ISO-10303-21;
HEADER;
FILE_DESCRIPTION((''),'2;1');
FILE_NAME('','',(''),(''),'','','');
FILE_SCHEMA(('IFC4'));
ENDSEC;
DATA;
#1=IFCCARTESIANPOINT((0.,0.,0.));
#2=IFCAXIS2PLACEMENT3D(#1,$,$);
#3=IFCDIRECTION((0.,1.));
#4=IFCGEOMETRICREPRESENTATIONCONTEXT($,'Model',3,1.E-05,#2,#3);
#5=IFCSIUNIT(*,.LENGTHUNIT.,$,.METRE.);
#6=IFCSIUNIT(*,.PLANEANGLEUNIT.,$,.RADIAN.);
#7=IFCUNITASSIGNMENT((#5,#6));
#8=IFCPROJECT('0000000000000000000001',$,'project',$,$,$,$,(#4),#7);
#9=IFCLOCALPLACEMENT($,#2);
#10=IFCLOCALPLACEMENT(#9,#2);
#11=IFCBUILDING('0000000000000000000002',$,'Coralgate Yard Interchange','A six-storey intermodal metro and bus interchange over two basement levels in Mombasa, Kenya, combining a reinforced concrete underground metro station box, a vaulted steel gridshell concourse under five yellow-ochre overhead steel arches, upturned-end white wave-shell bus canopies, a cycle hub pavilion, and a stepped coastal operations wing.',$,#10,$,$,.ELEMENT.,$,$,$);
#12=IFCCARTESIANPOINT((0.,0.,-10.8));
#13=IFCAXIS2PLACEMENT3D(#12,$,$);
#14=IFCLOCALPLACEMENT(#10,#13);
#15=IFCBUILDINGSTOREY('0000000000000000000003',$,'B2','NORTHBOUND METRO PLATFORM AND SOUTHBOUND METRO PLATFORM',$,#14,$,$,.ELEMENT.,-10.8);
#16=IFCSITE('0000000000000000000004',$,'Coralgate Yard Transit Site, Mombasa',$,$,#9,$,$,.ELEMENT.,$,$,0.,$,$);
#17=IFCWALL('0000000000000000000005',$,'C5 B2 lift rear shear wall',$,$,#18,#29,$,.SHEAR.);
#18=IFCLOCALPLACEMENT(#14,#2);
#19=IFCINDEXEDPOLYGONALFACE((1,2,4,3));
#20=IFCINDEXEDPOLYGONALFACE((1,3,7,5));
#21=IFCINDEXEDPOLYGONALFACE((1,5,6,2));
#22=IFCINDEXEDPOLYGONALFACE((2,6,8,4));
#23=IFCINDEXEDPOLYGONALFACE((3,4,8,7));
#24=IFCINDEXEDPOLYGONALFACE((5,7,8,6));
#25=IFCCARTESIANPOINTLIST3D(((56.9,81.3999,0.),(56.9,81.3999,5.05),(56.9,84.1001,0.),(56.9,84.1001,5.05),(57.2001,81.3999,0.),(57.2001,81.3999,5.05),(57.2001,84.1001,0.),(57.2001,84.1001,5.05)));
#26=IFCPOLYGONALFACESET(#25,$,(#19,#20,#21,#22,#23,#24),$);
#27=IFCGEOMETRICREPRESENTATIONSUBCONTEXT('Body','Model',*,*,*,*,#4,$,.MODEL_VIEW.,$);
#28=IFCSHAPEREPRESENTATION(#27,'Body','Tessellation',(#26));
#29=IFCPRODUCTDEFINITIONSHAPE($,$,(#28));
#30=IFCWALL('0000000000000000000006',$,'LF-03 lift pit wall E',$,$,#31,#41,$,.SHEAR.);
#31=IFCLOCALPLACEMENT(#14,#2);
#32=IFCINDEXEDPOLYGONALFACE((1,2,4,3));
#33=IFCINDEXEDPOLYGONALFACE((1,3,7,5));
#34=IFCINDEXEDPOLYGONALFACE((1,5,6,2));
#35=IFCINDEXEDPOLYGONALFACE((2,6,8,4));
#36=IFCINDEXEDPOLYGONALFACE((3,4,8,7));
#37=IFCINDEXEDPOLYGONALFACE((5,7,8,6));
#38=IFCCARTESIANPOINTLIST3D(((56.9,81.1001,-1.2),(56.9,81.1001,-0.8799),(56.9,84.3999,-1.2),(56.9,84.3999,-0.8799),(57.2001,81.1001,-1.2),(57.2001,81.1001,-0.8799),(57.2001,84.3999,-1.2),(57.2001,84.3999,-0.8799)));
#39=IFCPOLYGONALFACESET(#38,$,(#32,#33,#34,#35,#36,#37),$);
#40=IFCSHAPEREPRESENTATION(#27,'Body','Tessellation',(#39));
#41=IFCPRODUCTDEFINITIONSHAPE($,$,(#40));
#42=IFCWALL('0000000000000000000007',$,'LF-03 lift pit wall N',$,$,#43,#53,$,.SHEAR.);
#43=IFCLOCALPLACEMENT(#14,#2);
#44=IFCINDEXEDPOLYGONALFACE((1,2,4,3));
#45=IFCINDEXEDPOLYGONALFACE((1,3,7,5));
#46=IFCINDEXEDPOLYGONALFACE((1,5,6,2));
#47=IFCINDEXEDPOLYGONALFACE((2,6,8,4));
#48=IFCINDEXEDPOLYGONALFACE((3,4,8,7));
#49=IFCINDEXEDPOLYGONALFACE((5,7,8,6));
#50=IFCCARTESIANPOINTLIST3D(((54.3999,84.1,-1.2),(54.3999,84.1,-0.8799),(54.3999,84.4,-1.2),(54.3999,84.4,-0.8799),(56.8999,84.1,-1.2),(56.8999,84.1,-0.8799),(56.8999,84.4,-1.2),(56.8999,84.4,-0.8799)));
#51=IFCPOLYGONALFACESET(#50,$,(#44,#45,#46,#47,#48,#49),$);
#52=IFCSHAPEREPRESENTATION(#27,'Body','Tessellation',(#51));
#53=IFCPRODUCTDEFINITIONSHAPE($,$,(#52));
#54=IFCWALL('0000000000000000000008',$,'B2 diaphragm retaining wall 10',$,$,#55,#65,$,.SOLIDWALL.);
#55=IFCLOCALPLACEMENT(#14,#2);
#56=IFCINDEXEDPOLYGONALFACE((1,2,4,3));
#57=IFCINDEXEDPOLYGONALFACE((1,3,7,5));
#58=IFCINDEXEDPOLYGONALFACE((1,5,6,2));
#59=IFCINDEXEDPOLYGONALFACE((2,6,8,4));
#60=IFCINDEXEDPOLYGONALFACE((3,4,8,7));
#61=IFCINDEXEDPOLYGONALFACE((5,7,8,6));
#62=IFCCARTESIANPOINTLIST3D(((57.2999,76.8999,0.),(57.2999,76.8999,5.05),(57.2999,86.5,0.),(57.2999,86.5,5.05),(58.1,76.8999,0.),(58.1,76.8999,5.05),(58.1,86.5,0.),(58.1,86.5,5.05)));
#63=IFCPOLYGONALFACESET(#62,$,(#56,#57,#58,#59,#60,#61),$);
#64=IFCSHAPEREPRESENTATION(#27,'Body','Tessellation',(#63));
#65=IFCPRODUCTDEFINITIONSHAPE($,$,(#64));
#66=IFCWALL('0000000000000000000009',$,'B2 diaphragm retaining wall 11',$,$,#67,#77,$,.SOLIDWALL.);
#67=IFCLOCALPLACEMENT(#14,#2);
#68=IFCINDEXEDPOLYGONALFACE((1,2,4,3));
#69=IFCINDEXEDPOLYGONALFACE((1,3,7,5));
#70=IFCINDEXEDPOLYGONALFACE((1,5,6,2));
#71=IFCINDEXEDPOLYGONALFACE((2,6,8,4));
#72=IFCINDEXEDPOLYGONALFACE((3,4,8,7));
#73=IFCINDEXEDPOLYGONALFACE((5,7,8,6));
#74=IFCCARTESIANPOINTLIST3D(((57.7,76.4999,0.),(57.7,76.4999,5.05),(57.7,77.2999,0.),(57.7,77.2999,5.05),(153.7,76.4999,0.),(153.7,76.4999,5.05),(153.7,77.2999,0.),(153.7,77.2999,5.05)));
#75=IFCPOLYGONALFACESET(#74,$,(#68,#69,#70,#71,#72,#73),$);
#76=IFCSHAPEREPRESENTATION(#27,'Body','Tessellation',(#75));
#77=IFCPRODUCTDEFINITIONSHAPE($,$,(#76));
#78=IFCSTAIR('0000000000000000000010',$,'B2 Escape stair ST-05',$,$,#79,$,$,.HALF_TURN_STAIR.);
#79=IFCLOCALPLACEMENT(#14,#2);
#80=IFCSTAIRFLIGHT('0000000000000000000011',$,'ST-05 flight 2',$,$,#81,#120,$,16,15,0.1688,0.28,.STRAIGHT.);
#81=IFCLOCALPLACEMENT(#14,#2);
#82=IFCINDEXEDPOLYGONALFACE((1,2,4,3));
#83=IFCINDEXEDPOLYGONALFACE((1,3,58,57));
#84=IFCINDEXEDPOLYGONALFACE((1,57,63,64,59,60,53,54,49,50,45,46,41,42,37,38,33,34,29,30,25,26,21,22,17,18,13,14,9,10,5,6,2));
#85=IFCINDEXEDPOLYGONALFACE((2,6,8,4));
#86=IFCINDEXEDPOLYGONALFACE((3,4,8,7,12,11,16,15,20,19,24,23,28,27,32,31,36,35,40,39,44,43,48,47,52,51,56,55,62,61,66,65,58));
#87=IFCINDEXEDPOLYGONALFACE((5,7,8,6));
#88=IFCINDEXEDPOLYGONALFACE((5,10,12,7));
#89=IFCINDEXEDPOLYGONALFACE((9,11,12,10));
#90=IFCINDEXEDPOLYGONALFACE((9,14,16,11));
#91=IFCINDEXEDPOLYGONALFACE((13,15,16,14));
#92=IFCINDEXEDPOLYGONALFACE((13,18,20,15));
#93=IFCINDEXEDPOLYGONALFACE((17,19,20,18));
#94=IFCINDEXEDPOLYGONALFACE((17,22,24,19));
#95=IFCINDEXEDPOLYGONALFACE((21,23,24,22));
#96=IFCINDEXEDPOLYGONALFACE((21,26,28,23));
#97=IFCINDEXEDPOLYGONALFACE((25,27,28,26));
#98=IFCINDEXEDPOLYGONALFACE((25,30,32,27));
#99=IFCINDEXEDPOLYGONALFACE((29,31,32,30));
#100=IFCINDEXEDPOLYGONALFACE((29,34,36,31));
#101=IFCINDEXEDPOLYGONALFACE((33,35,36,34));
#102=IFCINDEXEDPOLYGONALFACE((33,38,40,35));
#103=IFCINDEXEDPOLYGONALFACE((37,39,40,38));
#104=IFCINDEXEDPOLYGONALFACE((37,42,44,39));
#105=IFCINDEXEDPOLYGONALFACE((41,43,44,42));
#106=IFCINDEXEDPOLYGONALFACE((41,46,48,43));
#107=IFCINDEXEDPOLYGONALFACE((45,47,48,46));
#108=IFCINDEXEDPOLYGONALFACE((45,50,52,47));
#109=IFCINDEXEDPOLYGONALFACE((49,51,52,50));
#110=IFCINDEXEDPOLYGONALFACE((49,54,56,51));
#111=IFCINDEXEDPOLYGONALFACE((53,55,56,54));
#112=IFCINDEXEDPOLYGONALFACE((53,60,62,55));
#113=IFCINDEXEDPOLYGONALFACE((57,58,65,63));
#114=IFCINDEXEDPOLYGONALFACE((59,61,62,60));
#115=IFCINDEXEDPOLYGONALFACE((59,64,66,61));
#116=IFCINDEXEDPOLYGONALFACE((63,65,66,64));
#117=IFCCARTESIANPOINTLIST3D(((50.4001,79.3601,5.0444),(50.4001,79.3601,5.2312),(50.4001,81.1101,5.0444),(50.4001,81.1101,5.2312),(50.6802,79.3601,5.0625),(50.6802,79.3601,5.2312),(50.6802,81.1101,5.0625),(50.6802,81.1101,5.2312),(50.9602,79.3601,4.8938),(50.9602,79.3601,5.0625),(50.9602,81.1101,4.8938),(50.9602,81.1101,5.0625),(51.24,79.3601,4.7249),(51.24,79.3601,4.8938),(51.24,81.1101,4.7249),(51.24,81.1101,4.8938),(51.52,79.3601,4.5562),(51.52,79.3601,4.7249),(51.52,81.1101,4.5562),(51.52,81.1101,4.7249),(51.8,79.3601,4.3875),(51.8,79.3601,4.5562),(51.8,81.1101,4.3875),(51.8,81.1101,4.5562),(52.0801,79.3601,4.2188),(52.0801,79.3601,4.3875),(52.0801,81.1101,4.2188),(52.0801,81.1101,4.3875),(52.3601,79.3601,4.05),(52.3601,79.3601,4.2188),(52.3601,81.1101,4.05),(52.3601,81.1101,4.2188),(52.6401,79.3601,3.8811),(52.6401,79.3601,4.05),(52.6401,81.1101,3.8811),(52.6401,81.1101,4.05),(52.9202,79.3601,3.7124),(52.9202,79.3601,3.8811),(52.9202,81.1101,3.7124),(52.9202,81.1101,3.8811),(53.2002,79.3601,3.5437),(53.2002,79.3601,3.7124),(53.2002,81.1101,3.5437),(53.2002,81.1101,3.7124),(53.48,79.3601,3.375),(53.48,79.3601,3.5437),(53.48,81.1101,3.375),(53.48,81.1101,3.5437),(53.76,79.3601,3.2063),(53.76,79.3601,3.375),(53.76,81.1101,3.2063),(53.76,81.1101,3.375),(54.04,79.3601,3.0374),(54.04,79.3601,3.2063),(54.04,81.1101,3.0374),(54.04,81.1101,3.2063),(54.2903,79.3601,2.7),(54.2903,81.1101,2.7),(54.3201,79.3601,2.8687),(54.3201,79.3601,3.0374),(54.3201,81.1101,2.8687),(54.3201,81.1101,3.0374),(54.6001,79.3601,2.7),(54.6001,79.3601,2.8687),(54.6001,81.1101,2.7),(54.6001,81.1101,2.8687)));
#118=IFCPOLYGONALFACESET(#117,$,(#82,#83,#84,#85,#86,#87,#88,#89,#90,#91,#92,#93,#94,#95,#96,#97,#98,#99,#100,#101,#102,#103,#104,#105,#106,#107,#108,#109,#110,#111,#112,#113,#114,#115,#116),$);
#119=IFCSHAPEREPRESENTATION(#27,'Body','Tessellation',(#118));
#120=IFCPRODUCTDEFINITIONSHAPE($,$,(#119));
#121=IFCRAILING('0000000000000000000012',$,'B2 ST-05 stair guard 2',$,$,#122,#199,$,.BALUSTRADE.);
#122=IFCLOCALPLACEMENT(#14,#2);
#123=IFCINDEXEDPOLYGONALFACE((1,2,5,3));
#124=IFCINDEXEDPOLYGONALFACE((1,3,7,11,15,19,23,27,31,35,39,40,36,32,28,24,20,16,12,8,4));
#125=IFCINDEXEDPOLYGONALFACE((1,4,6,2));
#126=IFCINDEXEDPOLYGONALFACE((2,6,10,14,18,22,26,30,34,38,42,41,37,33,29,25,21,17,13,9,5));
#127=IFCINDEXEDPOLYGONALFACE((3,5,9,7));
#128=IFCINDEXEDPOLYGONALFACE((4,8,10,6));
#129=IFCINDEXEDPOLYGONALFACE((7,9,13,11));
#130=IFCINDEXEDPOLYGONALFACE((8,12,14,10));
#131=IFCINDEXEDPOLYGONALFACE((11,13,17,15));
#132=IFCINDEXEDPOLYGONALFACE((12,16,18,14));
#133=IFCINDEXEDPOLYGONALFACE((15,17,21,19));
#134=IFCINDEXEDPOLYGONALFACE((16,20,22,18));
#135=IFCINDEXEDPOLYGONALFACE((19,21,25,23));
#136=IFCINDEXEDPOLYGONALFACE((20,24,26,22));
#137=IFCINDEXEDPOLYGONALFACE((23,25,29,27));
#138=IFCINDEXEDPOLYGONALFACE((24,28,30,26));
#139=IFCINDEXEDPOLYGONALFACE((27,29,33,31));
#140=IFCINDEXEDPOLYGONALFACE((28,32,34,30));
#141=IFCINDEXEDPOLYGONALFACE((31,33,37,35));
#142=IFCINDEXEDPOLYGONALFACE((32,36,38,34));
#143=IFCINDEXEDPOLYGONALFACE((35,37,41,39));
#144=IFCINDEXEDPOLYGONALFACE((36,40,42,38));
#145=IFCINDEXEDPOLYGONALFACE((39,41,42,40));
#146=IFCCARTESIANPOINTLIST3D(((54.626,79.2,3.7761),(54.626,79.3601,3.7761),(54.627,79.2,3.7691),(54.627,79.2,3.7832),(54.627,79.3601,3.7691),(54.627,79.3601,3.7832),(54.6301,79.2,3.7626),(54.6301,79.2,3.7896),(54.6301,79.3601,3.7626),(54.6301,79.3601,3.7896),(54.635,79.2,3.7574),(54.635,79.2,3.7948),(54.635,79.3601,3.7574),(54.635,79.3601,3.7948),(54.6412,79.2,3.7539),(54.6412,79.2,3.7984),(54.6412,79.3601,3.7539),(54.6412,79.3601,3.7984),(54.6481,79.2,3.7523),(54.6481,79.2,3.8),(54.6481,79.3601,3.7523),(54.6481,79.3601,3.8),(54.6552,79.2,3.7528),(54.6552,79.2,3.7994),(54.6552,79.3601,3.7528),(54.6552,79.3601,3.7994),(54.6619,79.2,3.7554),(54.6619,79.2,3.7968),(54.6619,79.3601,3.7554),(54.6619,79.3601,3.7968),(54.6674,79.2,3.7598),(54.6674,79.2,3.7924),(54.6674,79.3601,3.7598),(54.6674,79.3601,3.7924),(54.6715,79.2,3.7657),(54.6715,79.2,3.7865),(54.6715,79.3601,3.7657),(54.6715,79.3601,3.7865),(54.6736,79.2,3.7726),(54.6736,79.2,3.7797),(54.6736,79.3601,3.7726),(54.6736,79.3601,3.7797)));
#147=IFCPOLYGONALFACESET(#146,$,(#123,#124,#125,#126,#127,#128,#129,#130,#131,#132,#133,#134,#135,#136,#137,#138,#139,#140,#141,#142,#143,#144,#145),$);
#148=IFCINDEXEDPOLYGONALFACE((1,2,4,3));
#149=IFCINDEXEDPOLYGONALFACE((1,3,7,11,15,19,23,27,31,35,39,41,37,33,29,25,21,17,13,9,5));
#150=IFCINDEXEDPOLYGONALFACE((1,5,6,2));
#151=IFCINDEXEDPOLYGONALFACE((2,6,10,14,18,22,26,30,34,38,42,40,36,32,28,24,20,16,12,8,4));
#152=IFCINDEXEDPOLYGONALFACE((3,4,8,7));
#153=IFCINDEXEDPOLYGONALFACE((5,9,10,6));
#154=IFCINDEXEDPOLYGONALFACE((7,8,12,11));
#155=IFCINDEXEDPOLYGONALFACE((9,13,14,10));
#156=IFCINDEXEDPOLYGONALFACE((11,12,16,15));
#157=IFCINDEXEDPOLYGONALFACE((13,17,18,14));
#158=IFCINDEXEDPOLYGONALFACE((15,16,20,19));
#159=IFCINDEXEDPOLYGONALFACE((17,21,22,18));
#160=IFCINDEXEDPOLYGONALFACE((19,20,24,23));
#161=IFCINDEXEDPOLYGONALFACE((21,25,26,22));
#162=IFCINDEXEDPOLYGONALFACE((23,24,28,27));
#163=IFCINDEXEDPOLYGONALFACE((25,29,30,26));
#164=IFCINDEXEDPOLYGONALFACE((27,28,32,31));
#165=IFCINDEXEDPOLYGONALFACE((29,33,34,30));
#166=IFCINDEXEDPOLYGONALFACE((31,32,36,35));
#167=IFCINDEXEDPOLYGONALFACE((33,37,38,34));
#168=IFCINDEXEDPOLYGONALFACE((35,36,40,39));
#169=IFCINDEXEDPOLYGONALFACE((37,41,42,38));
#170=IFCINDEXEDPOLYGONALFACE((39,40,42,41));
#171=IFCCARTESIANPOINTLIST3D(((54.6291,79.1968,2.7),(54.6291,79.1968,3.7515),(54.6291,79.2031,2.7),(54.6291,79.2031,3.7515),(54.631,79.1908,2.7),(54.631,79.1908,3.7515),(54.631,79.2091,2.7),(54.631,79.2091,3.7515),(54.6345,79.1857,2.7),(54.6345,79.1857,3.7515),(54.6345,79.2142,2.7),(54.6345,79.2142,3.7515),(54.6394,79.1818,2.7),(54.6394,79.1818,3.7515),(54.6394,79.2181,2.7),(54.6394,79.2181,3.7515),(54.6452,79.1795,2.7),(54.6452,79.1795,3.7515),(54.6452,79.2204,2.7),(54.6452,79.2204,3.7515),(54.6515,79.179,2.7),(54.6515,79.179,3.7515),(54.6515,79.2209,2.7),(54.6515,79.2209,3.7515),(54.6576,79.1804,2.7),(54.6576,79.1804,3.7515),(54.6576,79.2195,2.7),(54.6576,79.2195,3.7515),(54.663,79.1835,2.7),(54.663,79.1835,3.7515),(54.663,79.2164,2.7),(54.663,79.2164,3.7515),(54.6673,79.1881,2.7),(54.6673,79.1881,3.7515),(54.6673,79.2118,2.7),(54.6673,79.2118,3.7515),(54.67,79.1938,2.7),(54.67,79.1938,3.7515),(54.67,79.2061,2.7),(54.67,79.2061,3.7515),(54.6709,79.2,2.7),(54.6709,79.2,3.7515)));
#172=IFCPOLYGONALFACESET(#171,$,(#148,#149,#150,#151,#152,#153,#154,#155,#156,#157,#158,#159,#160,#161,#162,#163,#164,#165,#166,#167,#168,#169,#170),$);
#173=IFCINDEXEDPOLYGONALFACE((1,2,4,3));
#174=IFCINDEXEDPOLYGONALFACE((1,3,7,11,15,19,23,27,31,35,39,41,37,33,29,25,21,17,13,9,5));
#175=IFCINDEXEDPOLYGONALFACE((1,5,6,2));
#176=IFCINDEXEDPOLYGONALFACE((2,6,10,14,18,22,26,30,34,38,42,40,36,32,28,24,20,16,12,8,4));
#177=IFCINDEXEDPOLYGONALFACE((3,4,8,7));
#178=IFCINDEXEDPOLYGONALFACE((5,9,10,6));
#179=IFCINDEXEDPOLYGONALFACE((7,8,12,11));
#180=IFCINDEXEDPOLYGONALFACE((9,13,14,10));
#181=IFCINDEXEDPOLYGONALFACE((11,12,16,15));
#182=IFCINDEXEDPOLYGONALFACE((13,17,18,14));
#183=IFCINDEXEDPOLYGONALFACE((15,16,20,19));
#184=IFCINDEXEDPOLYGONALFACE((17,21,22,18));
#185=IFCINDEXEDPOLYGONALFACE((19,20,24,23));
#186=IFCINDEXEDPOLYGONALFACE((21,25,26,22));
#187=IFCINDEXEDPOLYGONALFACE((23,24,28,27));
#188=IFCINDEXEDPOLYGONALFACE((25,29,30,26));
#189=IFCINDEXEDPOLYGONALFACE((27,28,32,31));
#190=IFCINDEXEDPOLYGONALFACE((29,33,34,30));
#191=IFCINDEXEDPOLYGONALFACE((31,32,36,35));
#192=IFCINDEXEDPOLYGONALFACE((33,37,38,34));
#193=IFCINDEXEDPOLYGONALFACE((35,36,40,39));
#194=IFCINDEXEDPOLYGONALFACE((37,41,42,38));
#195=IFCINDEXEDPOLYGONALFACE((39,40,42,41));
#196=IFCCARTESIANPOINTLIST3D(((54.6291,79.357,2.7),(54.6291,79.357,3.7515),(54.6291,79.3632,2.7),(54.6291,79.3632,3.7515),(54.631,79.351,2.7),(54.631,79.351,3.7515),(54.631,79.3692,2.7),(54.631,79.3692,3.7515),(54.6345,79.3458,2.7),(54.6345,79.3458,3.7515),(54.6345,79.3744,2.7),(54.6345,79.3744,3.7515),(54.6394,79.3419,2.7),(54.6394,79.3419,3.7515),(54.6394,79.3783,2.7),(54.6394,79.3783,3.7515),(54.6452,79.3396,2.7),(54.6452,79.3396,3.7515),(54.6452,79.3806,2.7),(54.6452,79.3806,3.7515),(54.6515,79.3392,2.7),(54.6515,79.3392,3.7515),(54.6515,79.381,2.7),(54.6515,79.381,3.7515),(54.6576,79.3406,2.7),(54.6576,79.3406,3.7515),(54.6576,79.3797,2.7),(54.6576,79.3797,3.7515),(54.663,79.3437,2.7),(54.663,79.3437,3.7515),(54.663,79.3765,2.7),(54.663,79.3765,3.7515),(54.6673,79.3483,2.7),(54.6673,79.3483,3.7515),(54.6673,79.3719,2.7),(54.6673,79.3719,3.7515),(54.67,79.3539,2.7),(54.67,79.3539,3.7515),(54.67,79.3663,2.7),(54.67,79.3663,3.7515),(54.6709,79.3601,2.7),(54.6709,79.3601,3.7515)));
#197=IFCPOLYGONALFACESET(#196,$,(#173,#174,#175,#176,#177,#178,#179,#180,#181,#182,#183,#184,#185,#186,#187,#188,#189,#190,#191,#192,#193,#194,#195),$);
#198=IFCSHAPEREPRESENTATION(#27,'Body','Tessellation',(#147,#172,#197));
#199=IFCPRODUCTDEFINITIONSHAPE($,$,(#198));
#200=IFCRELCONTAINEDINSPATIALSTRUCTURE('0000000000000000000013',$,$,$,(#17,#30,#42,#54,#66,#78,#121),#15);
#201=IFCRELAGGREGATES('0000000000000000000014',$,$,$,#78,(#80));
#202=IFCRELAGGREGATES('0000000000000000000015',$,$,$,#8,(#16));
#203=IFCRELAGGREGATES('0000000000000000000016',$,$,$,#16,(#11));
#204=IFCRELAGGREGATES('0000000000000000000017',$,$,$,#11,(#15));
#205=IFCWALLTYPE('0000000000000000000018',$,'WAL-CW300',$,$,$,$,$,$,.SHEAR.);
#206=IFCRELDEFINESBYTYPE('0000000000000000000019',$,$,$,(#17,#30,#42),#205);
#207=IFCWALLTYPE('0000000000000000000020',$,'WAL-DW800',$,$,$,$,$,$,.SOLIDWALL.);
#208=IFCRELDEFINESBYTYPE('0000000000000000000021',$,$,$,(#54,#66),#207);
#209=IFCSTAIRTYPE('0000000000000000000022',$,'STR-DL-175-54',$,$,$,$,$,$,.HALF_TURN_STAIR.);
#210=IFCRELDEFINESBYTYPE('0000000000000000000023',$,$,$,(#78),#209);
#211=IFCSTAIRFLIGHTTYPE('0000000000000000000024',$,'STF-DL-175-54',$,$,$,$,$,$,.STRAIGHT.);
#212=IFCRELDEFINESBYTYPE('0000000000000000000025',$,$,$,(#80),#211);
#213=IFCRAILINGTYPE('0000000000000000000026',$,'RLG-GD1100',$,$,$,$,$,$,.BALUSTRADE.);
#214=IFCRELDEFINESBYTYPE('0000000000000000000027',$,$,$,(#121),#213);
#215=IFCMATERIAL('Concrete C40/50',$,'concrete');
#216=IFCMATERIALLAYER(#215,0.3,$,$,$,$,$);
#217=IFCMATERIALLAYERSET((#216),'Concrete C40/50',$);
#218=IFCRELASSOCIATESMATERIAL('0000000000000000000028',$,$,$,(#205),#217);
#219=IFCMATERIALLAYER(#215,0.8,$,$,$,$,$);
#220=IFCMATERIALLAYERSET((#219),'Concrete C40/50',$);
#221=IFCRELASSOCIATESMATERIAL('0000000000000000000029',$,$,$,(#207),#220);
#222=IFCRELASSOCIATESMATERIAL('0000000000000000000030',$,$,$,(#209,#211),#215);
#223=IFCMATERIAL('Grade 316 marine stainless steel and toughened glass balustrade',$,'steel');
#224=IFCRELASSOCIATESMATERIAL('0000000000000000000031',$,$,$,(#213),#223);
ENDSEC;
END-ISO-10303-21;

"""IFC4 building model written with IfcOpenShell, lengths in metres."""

from ifc_helpers import new_model, si_unit, direction, frame, frame_2d, origin, origin_2d, place, context, subcontext, project, spatial, polyline, rectangle, circle, outline, extrude, material, layer, layer_set, type_object, element, aggregate, save


model = new_model("IFC4")

# Units and contexts
model_context = context("Model", 3, precision=1e-05, world=origin(), true_north=direction((0.0, 1.0)))
body_context = subcontext(model_context, "Body", "Model", "MODEL_VIEW")
ifc_project = project(units=[si_unit("LENGTHUNIT", "METRE"), si_unit("PLANEANGLEUNIT", "RADIAN")], contexts=[model_context])

# Site, building, storey
site_placement = place(None, origin())
site = spatial("IfcSite", under=ifc_project, at=site_placement, Name="Coralgate Yard Transit Site, Mombasa", CompositionType="ELEMENT", RefElevation=0.0)
building_placement = place(site_placement, origin())
building = spatial("IfcBuilding", under=site, at=building_placement, Name="Coralgate Yard Interchange", Description="A six-storey intermodal metro and bus interchange over two basement levels in Mombasa, Kenya, combining a reinforced concrete underground metro station box, a vaulted steel gridshell concourse under five yellow-ochre overhead steel arches, upturned-end white wave-shell bus canopies, a cycle hub pavilion, and a stepped coastal operations wing.", CompositionType="ELEMENT")
storey_placement = place(building_placement, frame((0.0, 0.0, -10.8)))
storey = spatial("IfcBuildingStorey", under=building, at=storey_placement, Name="B2", Description="NORTHBOUND METRO PLATFORM AND SOUTHBOUND METRO PLATFORM", CompositionType="ELEMENT", Elevation=-10.8)

# Shared definitions
ifc_material_1 = material(Name="Concrete C40/50", Category="concrete")

# Shared definitions
ifc_layer_1 = layer(ifc_material_1, 0.3)
ifc_layer_set_1 = layer_set([ifc_layer_1], Name="Concrete C40/50")
wall_type_1 = type_object("IfcWallType", Name="WAL-CW300", PredefinedType="SHEAR", material=ifc_layer_set_1)

# Walls
wall_1_placement = place(storey_placement, frame((57.05, 81.3999, 0.0), z_axis=(0.0, 0.0, 1.0), x_axis=(0.0, 1.0, 0.0)))
element("IfcWall", 1, at=wall_1_placement, inside=storey, type_object=wall_type_1, Name="C5 B2 lift rear shear wall", PredefinedType="SHEAR", context=body_context, shape_type="SweptSolid", body=[
    extrude(rectangle(XDim=2.7002, YDim=0.3, at=frame_2d((1.3501, 0.0))), origin(), (0.0, 0.0, 1.0), 5.05),
])
wall_2_placement = place(storey_placement, frame((57.05, 81.1001, -1.2), z_axis=(0.0, 0.0, 1.0), x_axis=(0.0, 1.0, 0.0)))
element("IfcWall", 2, at=wall_2_placement, inside=storey, type_object=wall_type_1, Name="LF-03 lift pit wall E", PredefinedType="SHEAR", context=body_context, shape_type="SweptSolid", body=[
    extrude(rectangle(XDim=3.2998, YDim=0.3, at=frame_2d((1.6499, 0.0))), origin(), (0.0, 0.0, 1.0), 0.3201),
])
wall_3_placement = place(storey_placement, frame((54.3999, 84.25, -1.2), z_axis=(0.0, 0.0, 1.0), x_axis=(1.0, 0.0, 0.0)))
element("IfcWall", 3, at=wall_3_placement, inside=storey, type_object=wall_type_1, Name="LF-03 lift pit wall N", PredefinedType="SHEAR", context=body_context, shape_type="SweptSolid", body=[
    extrude(rectangle(XDim=2.5, YDim=0.3, at=frame_2d((1.25, 0.0))), origin(), (0.0, 0.0, 1.0), 0.3201),
])
ifc_layer_2 = layer(ifc_material_1, 0.8)
ifc_layer_set_2 = layer_set([ifc_layer_2], Name="Concrete C40/50")
wall_type_2 = type_object("IfcWallType", Name="WAL-DW800", PredefinedType="SOLIDWALL", material=ifc_layer_set_2)
wall_4_placement = place(storey_placement, frame((57.7, 86.5, 0.0), z_axis=(0.0, 0.0, 1.0), x_axis=(0.0, -1.0, 0.0)))
element("IfcWall", 4, at=wall_4_placement, inside=storey, type_object=wall_type_2, Name="B2 diaphragm retaining wall 10", PredefinedType="SOLIDWALL", context=body_context, shape_type="SweptSolid", body=[
    extrude(rectangle(XDim=9.6001, YDim=0.8, at=frame_2d((4.8, 0.0))), origin(), (0.0, 0.0, 1.0), 5.05),
])
wall_5_placement = place(storey_placement, frame((57.7, 76.8999, 0.0), z_axis=(0.0, 0.0, 1.0), x_axis=(1.0, 0.0, 0.0)))
element("IfcWall", 5, at=wall_5_placement, inside=storey, type_object=wall_type_2, Name="B2 diaphragm retaining wall 11", PredefinedType="SOLIDWALL", context=body_context, shape_type="SweptSolid", body=[
    extrude(rectangle(XDim=96.0, YDim=0.8, at=frame_2d((48.0, 0.0))), origin(), (0.0, 0.0, 1.0), 5.05),
])

# Stair, stair flight
stair_type = type_object("IfcStairType", Name="STR-DL-175-54", PredefinedType="HALF_TURN_STAIR", material=ifc_material_1)
stair_placement = place(storey_placement, origin())
stair = element("IfcStair", 6, at=stair_placement, inside=storey, type_object=stair_type, Name="B2 Escape stair ST-05", PredefinedType="HALF_TURN_STAIR")
stair_flight_type = type_object("IfcStairFlightType", Name="STF-DL-175-54", PredefinedType="STRAIGHT", material=ifc_material_1)
stair_flight_placement = place(storey_placement, frame((54.6001, 80.2351, 2.7), z_axis=(0.0, 0.0, 1.0), x_axis=(-1.0, 0.0, 0.0)))
stair_flight = element("IfcStairFlight", 7, at=stair_flight_placement, type_object=stair_flight_type, Name="ST-05 flight 2", NumberOfRisers=16, NumberOfTreads=15, PredefinedType="STRAIGHT", RiserHeight=0.1688, TreadLength=0.28, context=body_context, shape_type="SweptSolid", body=[
    extrude(outline(polyline([(0.0, 0.0), (0.0, 0.1687), (0.28, 0.1687), (0.28, 0.3374), (0.5601, 0.3374), (0.5601, 0.5063), (0.8401, 0.5063), (0.8401, 0.675), (1.1201, 0.675), (1.1201, 0.8438), (1.3999, 0.8438), (1.3999, 1.0125), (1.6799, 1.0125), (1.6799, 1.1812), (1.96, 1.1812), (1.96, 1.3501), (2.24, 1.3501), (2.24, 1.5188), (2.52, 1.5188), (2.52, 1.6875), (2.8, 1.6875), (2.8, 1.8562), (3.0801, 1.8562), (3.0801, 2.0249), (3.3601, 2.0249), (3.3601, 2.1938), (3.6399, 2.1938), (3.6399, 2.3625), (3.9199, 2.3625), (3.9199, 2.5312), (4.2, 2.5312), (4.2, 2.7), (4.2, 2.3445), (0.3098, 0.0), (0.0, 0.0)])), frame((0.0, 0.875, 0.0), z_axis=(0.0, -1.0, 0.0), x_axis=(1.0, 0.0, 0.0)), (0.0, 0.0, 1.0), 1.75),
])
aggregate(stair, [stair_flight])

# Railing
ifc_material_2 = material(Name="Grade 316 marine stainless steel and toughened glass balustrade", Category="steel")
railing_type_1 = type_object("IfcRailingType", Name="RLG-GD1100", PredefinedType="BALUSTRADE", material=ifc_material_2)
railing_1_placement = place(storey_placement, frame((54.6499, 79.2, 2.7)))
element("IfcRailing", 8, at=railing_1_placement, inside=storey, type_object=railing_type_1, Name="B2 ST-05 stair guard 2", PredefinedType="BALUSTRADE", context=body_context, shape_type="SweptSolid", body=[
    extrude(circle(Radius=0.0239, at=origin_2d()), frame((0.0, 0.0, 1.0762), z_axis=(0.0, 1.0, 0.0), x_axis=(-1.0, 0.0, 0.0)), (0.0, 0.0, 1.0), 0.1602),
    extrude(circle(Radius=0.021, at=origin_2d()), origin(), (0.0, 0.0, 1.0), 1.0515),
    extrude(circle(Radius=0.021, at=origin_2d()), frame((0.0, 0.1602, 0.0)), (0.0, 0.0, 1.0), 1.0515),
])

save(model, "model.ifc")
